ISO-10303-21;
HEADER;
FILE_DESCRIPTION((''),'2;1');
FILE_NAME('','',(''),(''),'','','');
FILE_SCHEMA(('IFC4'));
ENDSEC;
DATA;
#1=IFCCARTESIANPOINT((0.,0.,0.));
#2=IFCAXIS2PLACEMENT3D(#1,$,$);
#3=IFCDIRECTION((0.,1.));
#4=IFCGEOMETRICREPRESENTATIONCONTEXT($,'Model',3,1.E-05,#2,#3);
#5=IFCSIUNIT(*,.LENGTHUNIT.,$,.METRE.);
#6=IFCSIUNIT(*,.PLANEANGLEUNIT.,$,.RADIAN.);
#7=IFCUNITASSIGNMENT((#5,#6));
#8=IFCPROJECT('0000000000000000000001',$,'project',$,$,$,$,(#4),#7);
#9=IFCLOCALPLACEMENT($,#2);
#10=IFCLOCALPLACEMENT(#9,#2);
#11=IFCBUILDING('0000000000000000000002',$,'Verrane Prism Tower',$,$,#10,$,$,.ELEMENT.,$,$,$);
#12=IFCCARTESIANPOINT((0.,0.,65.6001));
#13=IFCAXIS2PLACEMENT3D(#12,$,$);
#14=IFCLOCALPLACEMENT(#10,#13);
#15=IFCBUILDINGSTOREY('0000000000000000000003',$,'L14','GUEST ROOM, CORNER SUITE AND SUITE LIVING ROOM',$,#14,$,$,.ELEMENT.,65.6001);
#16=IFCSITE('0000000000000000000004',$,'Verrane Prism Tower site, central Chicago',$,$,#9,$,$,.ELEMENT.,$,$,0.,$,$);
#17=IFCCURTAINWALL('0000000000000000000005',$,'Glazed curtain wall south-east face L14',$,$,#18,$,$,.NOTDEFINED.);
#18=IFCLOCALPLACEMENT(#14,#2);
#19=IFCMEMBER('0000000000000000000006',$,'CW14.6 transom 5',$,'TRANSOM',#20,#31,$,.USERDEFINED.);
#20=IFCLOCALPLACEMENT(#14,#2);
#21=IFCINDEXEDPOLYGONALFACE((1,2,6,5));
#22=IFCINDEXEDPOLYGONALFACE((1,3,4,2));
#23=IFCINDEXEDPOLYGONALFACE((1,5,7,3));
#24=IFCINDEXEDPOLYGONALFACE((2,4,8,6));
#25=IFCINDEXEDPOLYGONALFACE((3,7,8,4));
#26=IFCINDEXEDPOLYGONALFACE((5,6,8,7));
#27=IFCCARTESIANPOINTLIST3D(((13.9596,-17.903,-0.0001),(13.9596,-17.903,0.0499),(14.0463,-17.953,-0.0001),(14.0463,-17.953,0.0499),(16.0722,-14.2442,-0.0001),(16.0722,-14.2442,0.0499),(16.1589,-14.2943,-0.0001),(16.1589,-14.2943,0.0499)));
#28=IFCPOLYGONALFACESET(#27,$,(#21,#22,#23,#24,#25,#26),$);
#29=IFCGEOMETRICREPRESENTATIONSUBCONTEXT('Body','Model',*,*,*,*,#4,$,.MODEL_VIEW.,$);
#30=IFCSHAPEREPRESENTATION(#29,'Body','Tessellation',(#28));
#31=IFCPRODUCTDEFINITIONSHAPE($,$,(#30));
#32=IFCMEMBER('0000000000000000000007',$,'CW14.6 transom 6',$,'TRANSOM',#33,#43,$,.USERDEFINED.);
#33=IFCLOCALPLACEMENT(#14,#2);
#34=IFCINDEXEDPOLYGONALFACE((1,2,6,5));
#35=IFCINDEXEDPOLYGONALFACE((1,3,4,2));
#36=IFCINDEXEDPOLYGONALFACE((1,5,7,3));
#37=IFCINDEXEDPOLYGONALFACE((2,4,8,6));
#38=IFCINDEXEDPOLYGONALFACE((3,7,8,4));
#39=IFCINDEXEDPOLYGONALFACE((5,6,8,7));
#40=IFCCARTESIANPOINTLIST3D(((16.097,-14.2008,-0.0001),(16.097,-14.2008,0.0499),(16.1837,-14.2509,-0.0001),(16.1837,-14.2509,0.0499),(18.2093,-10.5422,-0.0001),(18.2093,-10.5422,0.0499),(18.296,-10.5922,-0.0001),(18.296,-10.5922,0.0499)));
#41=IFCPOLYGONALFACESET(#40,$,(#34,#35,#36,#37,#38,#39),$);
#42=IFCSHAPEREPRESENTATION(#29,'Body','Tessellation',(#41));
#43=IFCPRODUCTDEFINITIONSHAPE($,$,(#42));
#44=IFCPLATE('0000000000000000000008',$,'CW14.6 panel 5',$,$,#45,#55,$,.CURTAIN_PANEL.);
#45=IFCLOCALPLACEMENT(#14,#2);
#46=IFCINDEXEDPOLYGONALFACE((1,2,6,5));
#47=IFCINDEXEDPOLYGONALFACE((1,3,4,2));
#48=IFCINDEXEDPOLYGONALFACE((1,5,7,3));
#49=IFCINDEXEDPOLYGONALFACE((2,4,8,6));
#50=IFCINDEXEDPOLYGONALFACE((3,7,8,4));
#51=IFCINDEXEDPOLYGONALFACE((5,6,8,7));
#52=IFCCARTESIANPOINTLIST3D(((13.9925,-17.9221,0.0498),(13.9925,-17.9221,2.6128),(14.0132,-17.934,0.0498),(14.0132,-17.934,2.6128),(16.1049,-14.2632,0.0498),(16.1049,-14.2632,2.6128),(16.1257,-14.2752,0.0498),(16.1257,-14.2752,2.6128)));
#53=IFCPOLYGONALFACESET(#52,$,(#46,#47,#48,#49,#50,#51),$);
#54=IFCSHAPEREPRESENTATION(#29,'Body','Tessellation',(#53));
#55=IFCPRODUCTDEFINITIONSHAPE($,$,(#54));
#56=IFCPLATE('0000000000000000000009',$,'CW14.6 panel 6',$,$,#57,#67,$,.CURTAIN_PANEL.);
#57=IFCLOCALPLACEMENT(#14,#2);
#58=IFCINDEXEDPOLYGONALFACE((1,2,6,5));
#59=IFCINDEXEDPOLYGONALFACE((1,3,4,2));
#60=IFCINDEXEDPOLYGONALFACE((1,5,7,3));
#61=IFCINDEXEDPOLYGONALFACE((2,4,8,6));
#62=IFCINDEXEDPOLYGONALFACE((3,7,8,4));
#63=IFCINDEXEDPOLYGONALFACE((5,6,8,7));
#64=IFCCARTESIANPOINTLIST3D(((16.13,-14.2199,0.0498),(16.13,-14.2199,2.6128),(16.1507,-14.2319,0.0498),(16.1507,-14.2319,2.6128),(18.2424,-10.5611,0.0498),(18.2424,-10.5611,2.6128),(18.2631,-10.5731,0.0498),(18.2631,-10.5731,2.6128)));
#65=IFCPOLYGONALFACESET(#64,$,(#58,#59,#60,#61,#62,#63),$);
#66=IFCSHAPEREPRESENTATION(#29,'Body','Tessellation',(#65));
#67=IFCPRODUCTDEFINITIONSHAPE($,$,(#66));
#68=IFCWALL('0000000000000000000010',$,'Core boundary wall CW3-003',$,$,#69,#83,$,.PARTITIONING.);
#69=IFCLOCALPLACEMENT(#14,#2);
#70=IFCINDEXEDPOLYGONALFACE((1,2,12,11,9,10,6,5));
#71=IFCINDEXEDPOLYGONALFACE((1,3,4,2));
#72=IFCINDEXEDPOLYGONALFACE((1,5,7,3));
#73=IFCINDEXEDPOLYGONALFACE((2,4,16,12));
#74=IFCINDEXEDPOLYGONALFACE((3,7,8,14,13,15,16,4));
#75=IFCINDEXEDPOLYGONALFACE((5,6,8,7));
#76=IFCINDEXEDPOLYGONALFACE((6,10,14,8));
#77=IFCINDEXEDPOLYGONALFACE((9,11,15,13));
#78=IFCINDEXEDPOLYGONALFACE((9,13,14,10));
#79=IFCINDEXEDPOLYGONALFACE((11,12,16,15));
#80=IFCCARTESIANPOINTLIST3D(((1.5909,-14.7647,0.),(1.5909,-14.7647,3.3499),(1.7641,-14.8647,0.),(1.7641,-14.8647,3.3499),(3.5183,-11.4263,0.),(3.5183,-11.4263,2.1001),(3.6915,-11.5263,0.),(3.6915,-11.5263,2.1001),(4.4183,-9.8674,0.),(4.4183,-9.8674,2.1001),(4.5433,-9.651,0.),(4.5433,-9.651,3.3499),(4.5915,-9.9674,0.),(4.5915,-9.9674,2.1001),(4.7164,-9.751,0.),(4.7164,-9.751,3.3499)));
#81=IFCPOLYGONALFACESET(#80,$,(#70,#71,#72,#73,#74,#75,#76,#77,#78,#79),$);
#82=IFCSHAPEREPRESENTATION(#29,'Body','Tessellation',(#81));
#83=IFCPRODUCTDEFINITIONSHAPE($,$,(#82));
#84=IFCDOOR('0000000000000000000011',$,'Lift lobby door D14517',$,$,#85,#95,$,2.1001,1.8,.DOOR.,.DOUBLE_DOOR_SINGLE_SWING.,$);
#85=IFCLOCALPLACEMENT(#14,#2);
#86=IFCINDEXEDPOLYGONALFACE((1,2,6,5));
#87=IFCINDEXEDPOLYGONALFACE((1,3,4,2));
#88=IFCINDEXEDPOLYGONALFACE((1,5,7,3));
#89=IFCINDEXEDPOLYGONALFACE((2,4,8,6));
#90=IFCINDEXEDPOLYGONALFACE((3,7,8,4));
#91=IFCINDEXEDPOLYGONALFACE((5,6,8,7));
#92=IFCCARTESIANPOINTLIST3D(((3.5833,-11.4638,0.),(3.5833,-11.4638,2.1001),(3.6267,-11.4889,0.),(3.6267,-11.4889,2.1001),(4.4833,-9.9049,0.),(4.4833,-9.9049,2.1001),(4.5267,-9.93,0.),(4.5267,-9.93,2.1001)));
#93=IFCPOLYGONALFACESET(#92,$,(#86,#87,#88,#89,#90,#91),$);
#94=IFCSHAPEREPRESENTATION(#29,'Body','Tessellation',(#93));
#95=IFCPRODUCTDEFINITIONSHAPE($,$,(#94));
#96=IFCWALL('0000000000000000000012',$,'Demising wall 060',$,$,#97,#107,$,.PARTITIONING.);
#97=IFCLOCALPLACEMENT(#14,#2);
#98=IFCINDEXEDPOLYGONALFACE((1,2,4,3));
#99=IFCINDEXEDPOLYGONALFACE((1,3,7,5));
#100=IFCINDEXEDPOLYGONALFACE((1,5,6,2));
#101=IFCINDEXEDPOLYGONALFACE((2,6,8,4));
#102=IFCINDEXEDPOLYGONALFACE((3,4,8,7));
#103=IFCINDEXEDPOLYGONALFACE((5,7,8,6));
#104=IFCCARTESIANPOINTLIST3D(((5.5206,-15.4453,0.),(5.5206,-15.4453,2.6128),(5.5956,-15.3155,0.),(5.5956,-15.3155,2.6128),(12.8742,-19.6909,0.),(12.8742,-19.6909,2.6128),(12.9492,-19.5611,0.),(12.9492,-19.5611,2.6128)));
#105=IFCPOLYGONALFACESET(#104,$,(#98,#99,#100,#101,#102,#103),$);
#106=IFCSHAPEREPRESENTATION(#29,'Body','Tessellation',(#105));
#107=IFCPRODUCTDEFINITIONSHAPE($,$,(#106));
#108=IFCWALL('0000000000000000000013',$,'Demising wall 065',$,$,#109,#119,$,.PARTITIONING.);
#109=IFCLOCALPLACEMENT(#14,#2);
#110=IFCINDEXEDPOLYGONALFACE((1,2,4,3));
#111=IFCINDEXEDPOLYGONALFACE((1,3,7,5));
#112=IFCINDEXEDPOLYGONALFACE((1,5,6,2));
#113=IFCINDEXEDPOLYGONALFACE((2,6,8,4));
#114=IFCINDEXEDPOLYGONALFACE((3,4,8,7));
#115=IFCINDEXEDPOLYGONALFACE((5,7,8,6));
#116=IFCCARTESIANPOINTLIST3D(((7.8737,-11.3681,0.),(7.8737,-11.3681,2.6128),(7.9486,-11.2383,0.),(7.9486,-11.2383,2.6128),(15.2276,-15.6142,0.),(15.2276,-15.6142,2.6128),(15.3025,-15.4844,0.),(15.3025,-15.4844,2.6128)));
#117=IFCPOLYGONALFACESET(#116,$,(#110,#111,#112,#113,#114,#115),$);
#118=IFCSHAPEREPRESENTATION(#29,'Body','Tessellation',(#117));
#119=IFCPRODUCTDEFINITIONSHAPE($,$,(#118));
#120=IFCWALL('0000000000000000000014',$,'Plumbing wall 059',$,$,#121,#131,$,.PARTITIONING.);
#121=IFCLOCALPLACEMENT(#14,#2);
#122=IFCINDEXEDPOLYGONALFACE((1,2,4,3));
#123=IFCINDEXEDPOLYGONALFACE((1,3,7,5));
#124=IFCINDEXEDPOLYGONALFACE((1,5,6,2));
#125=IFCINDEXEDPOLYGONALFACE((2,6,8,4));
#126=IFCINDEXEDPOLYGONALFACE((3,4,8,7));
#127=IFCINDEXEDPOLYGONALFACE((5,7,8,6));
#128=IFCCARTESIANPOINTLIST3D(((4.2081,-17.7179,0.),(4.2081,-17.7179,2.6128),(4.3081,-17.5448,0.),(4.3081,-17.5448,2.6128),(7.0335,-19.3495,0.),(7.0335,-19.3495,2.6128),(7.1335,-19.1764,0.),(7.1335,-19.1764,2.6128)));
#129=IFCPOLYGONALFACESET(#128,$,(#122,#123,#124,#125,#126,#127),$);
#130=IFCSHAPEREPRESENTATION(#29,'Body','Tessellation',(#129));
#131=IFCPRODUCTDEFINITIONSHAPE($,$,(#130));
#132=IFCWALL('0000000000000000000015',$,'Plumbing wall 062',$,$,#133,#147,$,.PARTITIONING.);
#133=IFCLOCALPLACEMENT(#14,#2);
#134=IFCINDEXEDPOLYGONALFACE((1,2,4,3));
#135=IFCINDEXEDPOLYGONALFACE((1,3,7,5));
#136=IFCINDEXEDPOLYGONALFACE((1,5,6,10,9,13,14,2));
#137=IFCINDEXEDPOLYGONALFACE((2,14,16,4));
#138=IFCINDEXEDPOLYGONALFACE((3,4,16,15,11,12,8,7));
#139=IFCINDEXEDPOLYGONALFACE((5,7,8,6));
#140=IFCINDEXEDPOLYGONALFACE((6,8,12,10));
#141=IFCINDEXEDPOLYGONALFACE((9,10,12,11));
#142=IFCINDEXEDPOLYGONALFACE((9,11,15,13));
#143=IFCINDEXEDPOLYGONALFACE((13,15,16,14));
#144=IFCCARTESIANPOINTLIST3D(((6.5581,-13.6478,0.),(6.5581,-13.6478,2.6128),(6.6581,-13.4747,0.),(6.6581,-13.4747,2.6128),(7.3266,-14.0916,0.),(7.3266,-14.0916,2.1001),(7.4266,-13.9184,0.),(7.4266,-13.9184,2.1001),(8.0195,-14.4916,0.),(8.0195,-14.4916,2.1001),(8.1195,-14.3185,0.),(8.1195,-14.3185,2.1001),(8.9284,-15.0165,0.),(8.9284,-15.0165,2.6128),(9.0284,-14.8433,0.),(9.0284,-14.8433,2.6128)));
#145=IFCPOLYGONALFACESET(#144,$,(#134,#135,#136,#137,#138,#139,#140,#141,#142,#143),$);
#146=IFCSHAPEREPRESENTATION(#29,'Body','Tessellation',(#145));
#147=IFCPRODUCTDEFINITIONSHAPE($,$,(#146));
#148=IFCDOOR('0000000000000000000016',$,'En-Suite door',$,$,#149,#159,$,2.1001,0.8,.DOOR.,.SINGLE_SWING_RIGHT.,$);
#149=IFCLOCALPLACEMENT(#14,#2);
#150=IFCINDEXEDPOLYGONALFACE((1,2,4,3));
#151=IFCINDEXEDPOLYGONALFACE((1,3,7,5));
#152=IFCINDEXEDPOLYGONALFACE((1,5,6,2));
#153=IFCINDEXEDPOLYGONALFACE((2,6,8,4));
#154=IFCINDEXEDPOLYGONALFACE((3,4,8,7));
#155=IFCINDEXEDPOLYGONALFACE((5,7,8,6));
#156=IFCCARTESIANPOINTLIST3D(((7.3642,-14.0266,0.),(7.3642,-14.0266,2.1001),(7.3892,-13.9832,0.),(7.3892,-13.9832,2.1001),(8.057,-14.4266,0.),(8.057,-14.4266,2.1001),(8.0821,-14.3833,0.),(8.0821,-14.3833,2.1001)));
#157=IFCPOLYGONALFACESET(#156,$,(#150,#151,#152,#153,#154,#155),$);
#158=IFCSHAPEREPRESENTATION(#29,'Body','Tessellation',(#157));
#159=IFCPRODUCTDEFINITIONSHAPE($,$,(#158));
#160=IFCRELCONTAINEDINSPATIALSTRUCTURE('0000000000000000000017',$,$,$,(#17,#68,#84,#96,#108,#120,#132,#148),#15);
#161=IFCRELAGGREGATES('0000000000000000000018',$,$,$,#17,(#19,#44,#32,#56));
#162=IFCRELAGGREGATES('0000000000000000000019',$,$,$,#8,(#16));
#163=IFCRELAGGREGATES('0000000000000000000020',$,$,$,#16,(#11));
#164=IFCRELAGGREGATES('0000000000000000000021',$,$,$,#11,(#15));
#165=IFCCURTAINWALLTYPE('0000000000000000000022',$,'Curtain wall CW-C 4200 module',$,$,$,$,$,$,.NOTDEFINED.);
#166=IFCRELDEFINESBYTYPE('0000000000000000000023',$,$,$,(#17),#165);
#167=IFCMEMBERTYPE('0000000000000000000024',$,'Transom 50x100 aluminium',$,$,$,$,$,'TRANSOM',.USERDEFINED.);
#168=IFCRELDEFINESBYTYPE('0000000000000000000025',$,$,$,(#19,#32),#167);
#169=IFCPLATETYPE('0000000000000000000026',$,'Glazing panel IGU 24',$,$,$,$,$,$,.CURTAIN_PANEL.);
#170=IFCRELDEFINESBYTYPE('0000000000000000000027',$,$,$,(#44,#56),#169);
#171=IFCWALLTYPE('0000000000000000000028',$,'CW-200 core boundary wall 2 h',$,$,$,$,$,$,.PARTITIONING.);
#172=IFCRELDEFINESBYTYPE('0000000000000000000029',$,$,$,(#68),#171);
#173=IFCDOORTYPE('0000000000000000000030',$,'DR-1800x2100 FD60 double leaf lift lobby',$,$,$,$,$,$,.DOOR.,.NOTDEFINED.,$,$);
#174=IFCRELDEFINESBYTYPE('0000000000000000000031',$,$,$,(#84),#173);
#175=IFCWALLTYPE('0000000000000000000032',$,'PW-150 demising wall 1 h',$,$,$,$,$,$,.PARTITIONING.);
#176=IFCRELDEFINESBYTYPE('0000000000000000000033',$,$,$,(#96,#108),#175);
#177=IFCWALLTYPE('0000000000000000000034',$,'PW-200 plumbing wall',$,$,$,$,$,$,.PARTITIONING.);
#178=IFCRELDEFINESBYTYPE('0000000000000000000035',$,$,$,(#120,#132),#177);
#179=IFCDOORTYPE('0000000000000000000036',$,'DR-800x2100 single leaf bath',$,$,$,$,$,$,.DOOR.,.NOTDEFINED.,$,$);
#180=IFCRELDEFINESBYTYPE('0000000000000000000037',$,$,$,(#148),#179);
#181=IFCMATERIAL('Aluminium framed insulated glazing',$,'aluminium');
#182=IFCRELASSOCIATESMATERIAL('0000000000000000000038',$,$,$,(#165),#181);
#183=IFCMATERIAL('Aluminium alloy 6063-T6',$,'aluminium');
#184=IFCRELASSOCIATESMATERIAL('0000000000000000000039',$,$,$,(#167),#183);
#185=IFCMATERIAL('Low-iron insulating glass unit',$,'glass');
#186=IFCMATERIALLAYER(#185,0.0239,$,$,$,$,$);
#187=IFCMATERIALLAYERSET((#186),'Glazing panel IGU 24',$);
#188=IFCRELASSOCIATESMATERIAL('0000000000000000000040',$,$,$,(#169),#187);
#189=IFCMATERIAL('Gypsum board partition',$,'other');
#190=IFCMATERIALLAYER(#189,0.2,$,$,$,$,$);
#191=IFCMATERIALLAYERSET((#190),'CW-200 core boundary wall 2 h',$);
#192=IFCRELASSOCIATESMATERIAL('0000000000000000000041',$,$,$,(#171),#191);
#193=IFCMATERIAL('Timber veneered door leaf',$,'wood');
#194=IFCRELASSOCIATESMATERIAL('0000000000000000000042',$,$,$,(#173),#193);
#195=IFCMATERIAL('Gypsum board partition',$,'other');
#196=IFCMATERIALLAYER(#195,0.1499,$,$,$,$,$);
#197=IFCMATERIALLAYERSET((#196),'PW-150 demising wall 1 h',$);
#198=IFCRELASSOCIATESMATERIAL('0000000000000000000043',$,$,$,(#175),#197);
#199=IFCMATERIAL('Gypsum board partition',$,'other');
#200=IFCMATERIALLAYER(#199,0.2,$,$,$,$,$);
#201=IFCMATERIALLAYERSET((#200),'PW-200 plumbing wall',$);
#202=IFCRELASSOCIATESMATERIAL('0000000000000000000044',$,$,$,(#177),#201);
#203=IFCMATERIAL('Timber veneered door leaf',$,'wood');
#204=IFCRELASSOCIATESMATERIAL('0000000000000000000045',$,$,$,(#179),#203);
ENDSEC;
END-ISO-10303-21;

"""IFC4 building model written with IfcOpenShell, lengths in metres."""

from ifc_helpers import new_model, si_unit, direction, frame, frame_2d, origin, origin_2d, place, context, subcontext, project, spatial, rectangle, extrude, material, layer, layer_set, material_profile, profile_set, type_object, element, fill, aggregate, save


model = new_model("IFC4")

# Units and contexts
model_context = context("Model", 3, precision=1e-05, world=origin(), true_north=direction((0.0, 1.0)))
body_context = subcontext(model_context, "Body", "Model", "MODEL_VIEW")
ifc_project = project(units=[si_unit("LENGTHUNIT", "METRE"), si_unit("PLANEANGLEUNIT", "RADIAN")], contexts=[model_context])

# Site, building, storey
site_placement = place(None, origin())
site = spatial("IfcSite", under=ifc_project, at=site_placement, Name="Verrane Prism Tower site, central Chicago", CompositionType="ELEMENT", RefElevation=0.0)
building_placement = place(site_placement, origin())
building = spatial("IfcBuilding", under=site, at=building_placement, Name="Verrane Prism Tower", CompositionType="ELEMENT")
storey_placement = place(building_placement, frame((0.0, 0.0, 65.6001)))
storey = spatial("IfcBuildingStorey", under=building, at=storey_placement, Name="L14", Description="GUEST ROOM, CORNER SUITE AND SUITE LIVING ROOM", CompositionType="ELEMENT", Elevation=65.6001)

# Curtain wall
ifc_material_1 = material(Name="Aluminium framed insulated glazing", Category="aluminium")
curtain_wall_type = type_object("IfcCurtainWallType", Name="Curtain wall CW-C 4200 module", PredefinedType="NOTDEFINED", material=ifc_material_1)
curtain_wall_placement = place(storey_placement, origin())
curtain_wall = element("IfcCurtainWall", 1, at=curtain_wall_placement, inside=storey, type_object=curtain_wall_type, Name="Glazed curtain wall south-east face L14", PredefinedType="NOTDEFINED")

# Members
ifc_material_2 = material(Name="Aluminium alloy 6063-T6", Category="aluminium")
ifc_material_profile_1 = material_profile(ifc_material_2, rectangle(XDim=0.1001, YDim=0.05, at=origin_2d()), Name="Transom 50x100 aluminium")
ifc_profile_set_1 = profile_set([ifc_material_profile_1], Name="Aluminium alloy 6063-T6")
member_type_1 = type_object("IfcMemberType", Name="Transom 50x100 aluminium", ElementType="TRANSOM", PredefinedType="USERDEFINED", material=ifc_profile_set_1)
member_1_placement = place(storey_placement, frame((14.0029, -17.928, 0.0249), z_axis=(0.500036, 0.866005, 0.0), x_axis=(-0.866005, 0.500036, 0.0)))
member_1 = element("IfcMember", 2, at=member_1_placement, type_object=member_type_1, Name="CW14.6 transom 5", ObjectType="TRANSOM", PredefinedType="USERDEFINED", context=body_context, shape_type="SweptSolid", body=[
    extrude(rectangle(XDim=0.1001, YDim=0.05, at=origin_2d()), origin(), (0.0, 0.0, 1.0), 4.2249),
])
member_2_placement = place(storey_placement, frame((16.1404, -14.2258, 0.0249), z_axis=(0.499993, 0.86603, 0.0), x_axis=(-0.86603, 0.499993, 0.0)))
member_2 = element("IfcMember", 3, at=member_2_placement, type_object=member_type_1, Name="CW14.6 transom 6", ObjectType="TRANSOM", PredefinedType="USERDEFINED", context=body_context, shape_type="SweptSolid", body=[
    extrude(rectangle(XDim=0.1001, YDim=0.05, at=origin_2d()), origin(), (0.0, 0.0, 1.0), 4.2246),
])

# Plates
ifc_material_3 = material(Name="Low-iron insulating glass unit", Category="glass")
ifc_layer_1 = layer(ifc_material_3, 0.0239)
ifc_layer_set_1 = layer_set([ifc_layer_1], Name="Glazing panel IGU 24")
plate_type = type_object("IfcPlateType", Name="Glazing panel IGU 24", PredefinedType="CURTAIN_PANEL", material=ifc_layer_set_1)
plate_1_placement = place(storey_placement, frame((15.0591, -16.0986, 0.0498), z_axis=(0.0, 0.0, 1.0), x_axis=(0.5, 0.866025, 0.0)))
plate_1 = element("IfcPlate", 4, at=plate_1_placement, type_object=plate_type, Name="CW14.6 panel 5", PredefinedType="CURTAIN_PANEL", context=body_context, shape_type="SweptSolid", body=[
    extrude(rectangle(XDim=4.2249, YDim=0.0239, at=origin_2d()), origin(), (0.0, 0.0, 1.0), 2.563),
])
plate_2_placement = place(storey_placement, frame((17.1965, -12.3965, 0.0498), z_axis=(0.0, 0.0, 1.0), x_axis=(0.5, 0.866025, 0.0)))
plate_2 = element("IfcPlate", 5, at=plate_2_placement, type_object=plate_type, Name="CW14.6 panel 6", PredefinedType="CURTAIN_PANEL", context=body_context, shape_type="SweptSolid", body=[
    extrude(rectangle(XDim=4.2249, YDim=0.0239, at=origin_2d()), origin(), (0.0, 0.0, 1.0), 2.563),
])
aggregate(curtain_wall, [member_1, plate_1, member_2, plate_2])

# Wall, opening, door
ifc_material_4 = material(Name="Gypsum board partition", Category="other")
ifc_layer_2 = layer(ifc_material_4, 0.2)
ifc_layer_set_2 = layer_set([ifc_layer_2], Name="CW-200 core boundary wall 2 h")
wall_type_1 = type_object("IfcWallType", Name="CW-200 core boundary wall 2 h", PredefinedType="PARTITIONING", material=ifc_layer_set_2)
wall_1_placement = place(storey_placement, frame((1.6775, -14.8147, 0.0), z_axis=(0.0, 0.0, 1.0), x_axis=(0.499994, 0.866029, 0.0)))
wall_1 = element("IfcWall", 6, at=wall_1_placement, inside=storey, type_object=wall_type_1, Name="Core boundary wall CW3-003", PredefinedType="PARTITIONING", context=body_context, shape_type="SweptSolid", body=[
    extrude(rectangle(XDim=5.9048, YDim=0.2, at=frame_2d((2.9524, 0.0))), origin(), (0.0, 0.0, 1.0), 3.3499),
])
opening_1_placement = place(wall_1_placement, frame((3.855, 0.0, 0.0)))
opening_1 = element("IfcOpeningElement", 7, at=opening_1_placement, cuts=wall_1, PredefinedType="OPENING", context=body_context, shape_type="SweptSolid", body=[
    extrude(rectangle(XDim=1.8, YDim=2.1001, at=frame_2d((0.8999, 1.05))), frame((0.0, 0.1099, 0.0), z_axis=(0.0, -1.0, 0.0), x_axis=(1.0, 0.0, 0.0)), (0.0, 0.0, 1.0), 0.22),
])
ifc_material_5 = material(Name="Timber veneered door leaf", Category="wood")
door_type_1 = type_object("IfcDoorType", Name="DR-1800x2100 FD60 double leaf lift lobby", OperationType="NOTDEFINED", PredefinedType="DOOR", material=ifc_material_5)
door_1_placement = place(opening_1_placement, origin())
door_1 = element("IfcDoor", 8, at=door_1_placement, inside=storey, type_object=door_type_1, Name="Lift lobby door D14517", OperationType="DOUBLE_DOOR_SINGLE_SWING", OverallHeight=2.1001, OverallWidth=1.8, PredefinedType="DOOR", context=body_context, shape_type="SweptSolid", body=[
    extrude(rectangle(XDim=1.8, YDim=2.1001, at=frame_2d((0.8999, 1.05))), frame((0.0, 0.0249, 0.0), z_axis=(0.0, -1.0, 0.0), x_axis=(1.0, 0.0, 0.0)), (0.0, 0.0, 1.0), 0.05),
])
fill(opening_1, door_1)

# Walls
ifc_material_6 = material(Name="Gypsum board partition", Category="other")
ifc_layer_3 = layer(ifc_material_6, 0.1499)
ifc_layer_set_3 = layer_set([ifc_layer_3], Name="PW-150 demising wall 1 h")
wall_type_2 = type_object("IfcWallType", Name="PW-150 demising wall 1 h", PredefinedType="PARTITIONING", material=ifc_layer_set_3)
wall_2_placement = place(storey_placement, frame((5.5581, -15.3804, 0.0), z_axis=(0.0, 0.0, 1.0), x_axis=(0.866023, -0.500005, 0.0)))
element("IfcWall", 9, at=wall_2_placement, inside=storey, type_object=wall_type_2, Name="Demising wall 060", PredefinedType="PARTITIONING", context=body_context, shape_type="SweptSolid", body=[
    extrude(rectangle(XDim=8.4912, YDim=0.1499, at=frame_2d((4.2456, 0.0))), origin(), (0.0, 0.0, 1.0), 2.6128),
])
wall_3_placement = place(storey_placement, frame((7.9111, -11.3032, 0.0), z_axis=(0.0, 0.0, 1.0), x_axis=(0.866012, -0.500023, 0.0)))
element("IfcWall", 10, at=wall_3_placement, inside=storey, type_object=wall_type_2, Name="Demising wall 065", PredefinedType="PARTITIONING", context=body_context, shape_type="SweptSolid", body=[
    extrude(rectangle(XDim=8.4917, YDim=0.1499, at=frame_2d((4.2458, 0.0))), origin(), (0.0, 0.0, 1.0), 2.6128),
])
ifc_material_7 = material(Name="Gypsum board partition", Category="other")
ifc_layer_4 = layer(ifc_material_7, 0.2)
ifc_layer_set_4 = layer_set([ifc_layer_4], Name="PW-200 plumbing wall")
wall_type_3 = type_object("IfcWallType", Name="PW-200 plumbing wall", PredefinedType="PARTITIONING", material=ifc_layer_set_4)
wall_4_placement = place(storey_placement, frame((4.2581, -17.6313, 0.0), z_axis=(0.0, 0.0, 1.0), x_axis=(0.865982, -0.500074, 0.0)))
element("IfcWall", 11, at=wall_4_placement, inside=storey, type_object=wall_type_3, Name="Plumbing wall 059", PredefinedType="PARTITIONING", context=body_context, shape_type="SweptSolid", body=[
    extrude(rectangle(XDim=3.2627, YDim=0.2, at=frame_2d((1.6313, 0.0))), origin(), (0.0, 0.0, 1.0), 2.6128),
])

# Wall, opening, door
wall_5_placement = place(storey_placement, frame((8.9785, -14.9299, 0.0), z_axis=(0.0, 0.0, 1.0), x_axis=(-0.866006, 0.500034, 0.0)))
wall_5 = element("IfcWall", 12, at=wall_5_placement, inside=storey, type_object=wall_type_3, Name="Plumbing wall 062", PredefinedType="PARTITIONING", context=body_context, shape_type="SweptSolid", body=[
    extrude(rectangle(XDim=2.7371, YDim=0.2, at=frame_2d((1.3687, 0.0))), origin(), (0.0, 0.0, 1.0), 2.6128),
])
opening_2_placement = place(wall_5_placement, frame((1.0498, 0.0, 0.0)))
opening_2 = element("IfcOpeningElement", 13, at=opening_2_placement, cuts=wall_5, PredefinedType="OPENING", context=body_context, shape_type="SweptSolid", body=[
    extrude(rectangle(XDim=0.8, YDim=2.1001, at=frame_2d((0.3999, 1.05))), frame((0.0, 0.1099, 0.0), z_axis=(0.0, -1.0, 0.0), x_axis=(1.0, 0.0, 0.0)), (0.0, 0.0, 1.0), 0.22),
])
ifc_material_8 = material(Name="Timber veneered door leaf", Category="wood")
door_type_2 = type_object("IfcDoorType", Name="DR-800x2100 single leaf bath", OperationType="NOTDEFINED", PredefinedType="DOOR", material=ifc_material_8)
door_2_placement = place(opening_2_placement, origin())
door_2 = element("IfcDoor", 14, at=door_2_placement, inside=storey, type_object=door_type_2, Name="En-Suite door", OperationType="SINGLE_SWING_RIGHT", OverallHeight=2.1001, OverallWidth=0.8, PredefinedType="DOOR", context=body_context, shape_type="SweptSolid", body=[
    extrude(rectangle(XDim=0.8, YDim=2.1001, at=frame_2d((0.3999, 1.05))), frame((0.0, 0.0249, 0.0), z_axis=(0.0, -1.0, 0.0), x_axis=(1.0, 0.0, 0.0)), (0.0, 0.0, 1.0), 0.05),
])
fill(opening_2, door_2)

save(model, "model.ifc")
